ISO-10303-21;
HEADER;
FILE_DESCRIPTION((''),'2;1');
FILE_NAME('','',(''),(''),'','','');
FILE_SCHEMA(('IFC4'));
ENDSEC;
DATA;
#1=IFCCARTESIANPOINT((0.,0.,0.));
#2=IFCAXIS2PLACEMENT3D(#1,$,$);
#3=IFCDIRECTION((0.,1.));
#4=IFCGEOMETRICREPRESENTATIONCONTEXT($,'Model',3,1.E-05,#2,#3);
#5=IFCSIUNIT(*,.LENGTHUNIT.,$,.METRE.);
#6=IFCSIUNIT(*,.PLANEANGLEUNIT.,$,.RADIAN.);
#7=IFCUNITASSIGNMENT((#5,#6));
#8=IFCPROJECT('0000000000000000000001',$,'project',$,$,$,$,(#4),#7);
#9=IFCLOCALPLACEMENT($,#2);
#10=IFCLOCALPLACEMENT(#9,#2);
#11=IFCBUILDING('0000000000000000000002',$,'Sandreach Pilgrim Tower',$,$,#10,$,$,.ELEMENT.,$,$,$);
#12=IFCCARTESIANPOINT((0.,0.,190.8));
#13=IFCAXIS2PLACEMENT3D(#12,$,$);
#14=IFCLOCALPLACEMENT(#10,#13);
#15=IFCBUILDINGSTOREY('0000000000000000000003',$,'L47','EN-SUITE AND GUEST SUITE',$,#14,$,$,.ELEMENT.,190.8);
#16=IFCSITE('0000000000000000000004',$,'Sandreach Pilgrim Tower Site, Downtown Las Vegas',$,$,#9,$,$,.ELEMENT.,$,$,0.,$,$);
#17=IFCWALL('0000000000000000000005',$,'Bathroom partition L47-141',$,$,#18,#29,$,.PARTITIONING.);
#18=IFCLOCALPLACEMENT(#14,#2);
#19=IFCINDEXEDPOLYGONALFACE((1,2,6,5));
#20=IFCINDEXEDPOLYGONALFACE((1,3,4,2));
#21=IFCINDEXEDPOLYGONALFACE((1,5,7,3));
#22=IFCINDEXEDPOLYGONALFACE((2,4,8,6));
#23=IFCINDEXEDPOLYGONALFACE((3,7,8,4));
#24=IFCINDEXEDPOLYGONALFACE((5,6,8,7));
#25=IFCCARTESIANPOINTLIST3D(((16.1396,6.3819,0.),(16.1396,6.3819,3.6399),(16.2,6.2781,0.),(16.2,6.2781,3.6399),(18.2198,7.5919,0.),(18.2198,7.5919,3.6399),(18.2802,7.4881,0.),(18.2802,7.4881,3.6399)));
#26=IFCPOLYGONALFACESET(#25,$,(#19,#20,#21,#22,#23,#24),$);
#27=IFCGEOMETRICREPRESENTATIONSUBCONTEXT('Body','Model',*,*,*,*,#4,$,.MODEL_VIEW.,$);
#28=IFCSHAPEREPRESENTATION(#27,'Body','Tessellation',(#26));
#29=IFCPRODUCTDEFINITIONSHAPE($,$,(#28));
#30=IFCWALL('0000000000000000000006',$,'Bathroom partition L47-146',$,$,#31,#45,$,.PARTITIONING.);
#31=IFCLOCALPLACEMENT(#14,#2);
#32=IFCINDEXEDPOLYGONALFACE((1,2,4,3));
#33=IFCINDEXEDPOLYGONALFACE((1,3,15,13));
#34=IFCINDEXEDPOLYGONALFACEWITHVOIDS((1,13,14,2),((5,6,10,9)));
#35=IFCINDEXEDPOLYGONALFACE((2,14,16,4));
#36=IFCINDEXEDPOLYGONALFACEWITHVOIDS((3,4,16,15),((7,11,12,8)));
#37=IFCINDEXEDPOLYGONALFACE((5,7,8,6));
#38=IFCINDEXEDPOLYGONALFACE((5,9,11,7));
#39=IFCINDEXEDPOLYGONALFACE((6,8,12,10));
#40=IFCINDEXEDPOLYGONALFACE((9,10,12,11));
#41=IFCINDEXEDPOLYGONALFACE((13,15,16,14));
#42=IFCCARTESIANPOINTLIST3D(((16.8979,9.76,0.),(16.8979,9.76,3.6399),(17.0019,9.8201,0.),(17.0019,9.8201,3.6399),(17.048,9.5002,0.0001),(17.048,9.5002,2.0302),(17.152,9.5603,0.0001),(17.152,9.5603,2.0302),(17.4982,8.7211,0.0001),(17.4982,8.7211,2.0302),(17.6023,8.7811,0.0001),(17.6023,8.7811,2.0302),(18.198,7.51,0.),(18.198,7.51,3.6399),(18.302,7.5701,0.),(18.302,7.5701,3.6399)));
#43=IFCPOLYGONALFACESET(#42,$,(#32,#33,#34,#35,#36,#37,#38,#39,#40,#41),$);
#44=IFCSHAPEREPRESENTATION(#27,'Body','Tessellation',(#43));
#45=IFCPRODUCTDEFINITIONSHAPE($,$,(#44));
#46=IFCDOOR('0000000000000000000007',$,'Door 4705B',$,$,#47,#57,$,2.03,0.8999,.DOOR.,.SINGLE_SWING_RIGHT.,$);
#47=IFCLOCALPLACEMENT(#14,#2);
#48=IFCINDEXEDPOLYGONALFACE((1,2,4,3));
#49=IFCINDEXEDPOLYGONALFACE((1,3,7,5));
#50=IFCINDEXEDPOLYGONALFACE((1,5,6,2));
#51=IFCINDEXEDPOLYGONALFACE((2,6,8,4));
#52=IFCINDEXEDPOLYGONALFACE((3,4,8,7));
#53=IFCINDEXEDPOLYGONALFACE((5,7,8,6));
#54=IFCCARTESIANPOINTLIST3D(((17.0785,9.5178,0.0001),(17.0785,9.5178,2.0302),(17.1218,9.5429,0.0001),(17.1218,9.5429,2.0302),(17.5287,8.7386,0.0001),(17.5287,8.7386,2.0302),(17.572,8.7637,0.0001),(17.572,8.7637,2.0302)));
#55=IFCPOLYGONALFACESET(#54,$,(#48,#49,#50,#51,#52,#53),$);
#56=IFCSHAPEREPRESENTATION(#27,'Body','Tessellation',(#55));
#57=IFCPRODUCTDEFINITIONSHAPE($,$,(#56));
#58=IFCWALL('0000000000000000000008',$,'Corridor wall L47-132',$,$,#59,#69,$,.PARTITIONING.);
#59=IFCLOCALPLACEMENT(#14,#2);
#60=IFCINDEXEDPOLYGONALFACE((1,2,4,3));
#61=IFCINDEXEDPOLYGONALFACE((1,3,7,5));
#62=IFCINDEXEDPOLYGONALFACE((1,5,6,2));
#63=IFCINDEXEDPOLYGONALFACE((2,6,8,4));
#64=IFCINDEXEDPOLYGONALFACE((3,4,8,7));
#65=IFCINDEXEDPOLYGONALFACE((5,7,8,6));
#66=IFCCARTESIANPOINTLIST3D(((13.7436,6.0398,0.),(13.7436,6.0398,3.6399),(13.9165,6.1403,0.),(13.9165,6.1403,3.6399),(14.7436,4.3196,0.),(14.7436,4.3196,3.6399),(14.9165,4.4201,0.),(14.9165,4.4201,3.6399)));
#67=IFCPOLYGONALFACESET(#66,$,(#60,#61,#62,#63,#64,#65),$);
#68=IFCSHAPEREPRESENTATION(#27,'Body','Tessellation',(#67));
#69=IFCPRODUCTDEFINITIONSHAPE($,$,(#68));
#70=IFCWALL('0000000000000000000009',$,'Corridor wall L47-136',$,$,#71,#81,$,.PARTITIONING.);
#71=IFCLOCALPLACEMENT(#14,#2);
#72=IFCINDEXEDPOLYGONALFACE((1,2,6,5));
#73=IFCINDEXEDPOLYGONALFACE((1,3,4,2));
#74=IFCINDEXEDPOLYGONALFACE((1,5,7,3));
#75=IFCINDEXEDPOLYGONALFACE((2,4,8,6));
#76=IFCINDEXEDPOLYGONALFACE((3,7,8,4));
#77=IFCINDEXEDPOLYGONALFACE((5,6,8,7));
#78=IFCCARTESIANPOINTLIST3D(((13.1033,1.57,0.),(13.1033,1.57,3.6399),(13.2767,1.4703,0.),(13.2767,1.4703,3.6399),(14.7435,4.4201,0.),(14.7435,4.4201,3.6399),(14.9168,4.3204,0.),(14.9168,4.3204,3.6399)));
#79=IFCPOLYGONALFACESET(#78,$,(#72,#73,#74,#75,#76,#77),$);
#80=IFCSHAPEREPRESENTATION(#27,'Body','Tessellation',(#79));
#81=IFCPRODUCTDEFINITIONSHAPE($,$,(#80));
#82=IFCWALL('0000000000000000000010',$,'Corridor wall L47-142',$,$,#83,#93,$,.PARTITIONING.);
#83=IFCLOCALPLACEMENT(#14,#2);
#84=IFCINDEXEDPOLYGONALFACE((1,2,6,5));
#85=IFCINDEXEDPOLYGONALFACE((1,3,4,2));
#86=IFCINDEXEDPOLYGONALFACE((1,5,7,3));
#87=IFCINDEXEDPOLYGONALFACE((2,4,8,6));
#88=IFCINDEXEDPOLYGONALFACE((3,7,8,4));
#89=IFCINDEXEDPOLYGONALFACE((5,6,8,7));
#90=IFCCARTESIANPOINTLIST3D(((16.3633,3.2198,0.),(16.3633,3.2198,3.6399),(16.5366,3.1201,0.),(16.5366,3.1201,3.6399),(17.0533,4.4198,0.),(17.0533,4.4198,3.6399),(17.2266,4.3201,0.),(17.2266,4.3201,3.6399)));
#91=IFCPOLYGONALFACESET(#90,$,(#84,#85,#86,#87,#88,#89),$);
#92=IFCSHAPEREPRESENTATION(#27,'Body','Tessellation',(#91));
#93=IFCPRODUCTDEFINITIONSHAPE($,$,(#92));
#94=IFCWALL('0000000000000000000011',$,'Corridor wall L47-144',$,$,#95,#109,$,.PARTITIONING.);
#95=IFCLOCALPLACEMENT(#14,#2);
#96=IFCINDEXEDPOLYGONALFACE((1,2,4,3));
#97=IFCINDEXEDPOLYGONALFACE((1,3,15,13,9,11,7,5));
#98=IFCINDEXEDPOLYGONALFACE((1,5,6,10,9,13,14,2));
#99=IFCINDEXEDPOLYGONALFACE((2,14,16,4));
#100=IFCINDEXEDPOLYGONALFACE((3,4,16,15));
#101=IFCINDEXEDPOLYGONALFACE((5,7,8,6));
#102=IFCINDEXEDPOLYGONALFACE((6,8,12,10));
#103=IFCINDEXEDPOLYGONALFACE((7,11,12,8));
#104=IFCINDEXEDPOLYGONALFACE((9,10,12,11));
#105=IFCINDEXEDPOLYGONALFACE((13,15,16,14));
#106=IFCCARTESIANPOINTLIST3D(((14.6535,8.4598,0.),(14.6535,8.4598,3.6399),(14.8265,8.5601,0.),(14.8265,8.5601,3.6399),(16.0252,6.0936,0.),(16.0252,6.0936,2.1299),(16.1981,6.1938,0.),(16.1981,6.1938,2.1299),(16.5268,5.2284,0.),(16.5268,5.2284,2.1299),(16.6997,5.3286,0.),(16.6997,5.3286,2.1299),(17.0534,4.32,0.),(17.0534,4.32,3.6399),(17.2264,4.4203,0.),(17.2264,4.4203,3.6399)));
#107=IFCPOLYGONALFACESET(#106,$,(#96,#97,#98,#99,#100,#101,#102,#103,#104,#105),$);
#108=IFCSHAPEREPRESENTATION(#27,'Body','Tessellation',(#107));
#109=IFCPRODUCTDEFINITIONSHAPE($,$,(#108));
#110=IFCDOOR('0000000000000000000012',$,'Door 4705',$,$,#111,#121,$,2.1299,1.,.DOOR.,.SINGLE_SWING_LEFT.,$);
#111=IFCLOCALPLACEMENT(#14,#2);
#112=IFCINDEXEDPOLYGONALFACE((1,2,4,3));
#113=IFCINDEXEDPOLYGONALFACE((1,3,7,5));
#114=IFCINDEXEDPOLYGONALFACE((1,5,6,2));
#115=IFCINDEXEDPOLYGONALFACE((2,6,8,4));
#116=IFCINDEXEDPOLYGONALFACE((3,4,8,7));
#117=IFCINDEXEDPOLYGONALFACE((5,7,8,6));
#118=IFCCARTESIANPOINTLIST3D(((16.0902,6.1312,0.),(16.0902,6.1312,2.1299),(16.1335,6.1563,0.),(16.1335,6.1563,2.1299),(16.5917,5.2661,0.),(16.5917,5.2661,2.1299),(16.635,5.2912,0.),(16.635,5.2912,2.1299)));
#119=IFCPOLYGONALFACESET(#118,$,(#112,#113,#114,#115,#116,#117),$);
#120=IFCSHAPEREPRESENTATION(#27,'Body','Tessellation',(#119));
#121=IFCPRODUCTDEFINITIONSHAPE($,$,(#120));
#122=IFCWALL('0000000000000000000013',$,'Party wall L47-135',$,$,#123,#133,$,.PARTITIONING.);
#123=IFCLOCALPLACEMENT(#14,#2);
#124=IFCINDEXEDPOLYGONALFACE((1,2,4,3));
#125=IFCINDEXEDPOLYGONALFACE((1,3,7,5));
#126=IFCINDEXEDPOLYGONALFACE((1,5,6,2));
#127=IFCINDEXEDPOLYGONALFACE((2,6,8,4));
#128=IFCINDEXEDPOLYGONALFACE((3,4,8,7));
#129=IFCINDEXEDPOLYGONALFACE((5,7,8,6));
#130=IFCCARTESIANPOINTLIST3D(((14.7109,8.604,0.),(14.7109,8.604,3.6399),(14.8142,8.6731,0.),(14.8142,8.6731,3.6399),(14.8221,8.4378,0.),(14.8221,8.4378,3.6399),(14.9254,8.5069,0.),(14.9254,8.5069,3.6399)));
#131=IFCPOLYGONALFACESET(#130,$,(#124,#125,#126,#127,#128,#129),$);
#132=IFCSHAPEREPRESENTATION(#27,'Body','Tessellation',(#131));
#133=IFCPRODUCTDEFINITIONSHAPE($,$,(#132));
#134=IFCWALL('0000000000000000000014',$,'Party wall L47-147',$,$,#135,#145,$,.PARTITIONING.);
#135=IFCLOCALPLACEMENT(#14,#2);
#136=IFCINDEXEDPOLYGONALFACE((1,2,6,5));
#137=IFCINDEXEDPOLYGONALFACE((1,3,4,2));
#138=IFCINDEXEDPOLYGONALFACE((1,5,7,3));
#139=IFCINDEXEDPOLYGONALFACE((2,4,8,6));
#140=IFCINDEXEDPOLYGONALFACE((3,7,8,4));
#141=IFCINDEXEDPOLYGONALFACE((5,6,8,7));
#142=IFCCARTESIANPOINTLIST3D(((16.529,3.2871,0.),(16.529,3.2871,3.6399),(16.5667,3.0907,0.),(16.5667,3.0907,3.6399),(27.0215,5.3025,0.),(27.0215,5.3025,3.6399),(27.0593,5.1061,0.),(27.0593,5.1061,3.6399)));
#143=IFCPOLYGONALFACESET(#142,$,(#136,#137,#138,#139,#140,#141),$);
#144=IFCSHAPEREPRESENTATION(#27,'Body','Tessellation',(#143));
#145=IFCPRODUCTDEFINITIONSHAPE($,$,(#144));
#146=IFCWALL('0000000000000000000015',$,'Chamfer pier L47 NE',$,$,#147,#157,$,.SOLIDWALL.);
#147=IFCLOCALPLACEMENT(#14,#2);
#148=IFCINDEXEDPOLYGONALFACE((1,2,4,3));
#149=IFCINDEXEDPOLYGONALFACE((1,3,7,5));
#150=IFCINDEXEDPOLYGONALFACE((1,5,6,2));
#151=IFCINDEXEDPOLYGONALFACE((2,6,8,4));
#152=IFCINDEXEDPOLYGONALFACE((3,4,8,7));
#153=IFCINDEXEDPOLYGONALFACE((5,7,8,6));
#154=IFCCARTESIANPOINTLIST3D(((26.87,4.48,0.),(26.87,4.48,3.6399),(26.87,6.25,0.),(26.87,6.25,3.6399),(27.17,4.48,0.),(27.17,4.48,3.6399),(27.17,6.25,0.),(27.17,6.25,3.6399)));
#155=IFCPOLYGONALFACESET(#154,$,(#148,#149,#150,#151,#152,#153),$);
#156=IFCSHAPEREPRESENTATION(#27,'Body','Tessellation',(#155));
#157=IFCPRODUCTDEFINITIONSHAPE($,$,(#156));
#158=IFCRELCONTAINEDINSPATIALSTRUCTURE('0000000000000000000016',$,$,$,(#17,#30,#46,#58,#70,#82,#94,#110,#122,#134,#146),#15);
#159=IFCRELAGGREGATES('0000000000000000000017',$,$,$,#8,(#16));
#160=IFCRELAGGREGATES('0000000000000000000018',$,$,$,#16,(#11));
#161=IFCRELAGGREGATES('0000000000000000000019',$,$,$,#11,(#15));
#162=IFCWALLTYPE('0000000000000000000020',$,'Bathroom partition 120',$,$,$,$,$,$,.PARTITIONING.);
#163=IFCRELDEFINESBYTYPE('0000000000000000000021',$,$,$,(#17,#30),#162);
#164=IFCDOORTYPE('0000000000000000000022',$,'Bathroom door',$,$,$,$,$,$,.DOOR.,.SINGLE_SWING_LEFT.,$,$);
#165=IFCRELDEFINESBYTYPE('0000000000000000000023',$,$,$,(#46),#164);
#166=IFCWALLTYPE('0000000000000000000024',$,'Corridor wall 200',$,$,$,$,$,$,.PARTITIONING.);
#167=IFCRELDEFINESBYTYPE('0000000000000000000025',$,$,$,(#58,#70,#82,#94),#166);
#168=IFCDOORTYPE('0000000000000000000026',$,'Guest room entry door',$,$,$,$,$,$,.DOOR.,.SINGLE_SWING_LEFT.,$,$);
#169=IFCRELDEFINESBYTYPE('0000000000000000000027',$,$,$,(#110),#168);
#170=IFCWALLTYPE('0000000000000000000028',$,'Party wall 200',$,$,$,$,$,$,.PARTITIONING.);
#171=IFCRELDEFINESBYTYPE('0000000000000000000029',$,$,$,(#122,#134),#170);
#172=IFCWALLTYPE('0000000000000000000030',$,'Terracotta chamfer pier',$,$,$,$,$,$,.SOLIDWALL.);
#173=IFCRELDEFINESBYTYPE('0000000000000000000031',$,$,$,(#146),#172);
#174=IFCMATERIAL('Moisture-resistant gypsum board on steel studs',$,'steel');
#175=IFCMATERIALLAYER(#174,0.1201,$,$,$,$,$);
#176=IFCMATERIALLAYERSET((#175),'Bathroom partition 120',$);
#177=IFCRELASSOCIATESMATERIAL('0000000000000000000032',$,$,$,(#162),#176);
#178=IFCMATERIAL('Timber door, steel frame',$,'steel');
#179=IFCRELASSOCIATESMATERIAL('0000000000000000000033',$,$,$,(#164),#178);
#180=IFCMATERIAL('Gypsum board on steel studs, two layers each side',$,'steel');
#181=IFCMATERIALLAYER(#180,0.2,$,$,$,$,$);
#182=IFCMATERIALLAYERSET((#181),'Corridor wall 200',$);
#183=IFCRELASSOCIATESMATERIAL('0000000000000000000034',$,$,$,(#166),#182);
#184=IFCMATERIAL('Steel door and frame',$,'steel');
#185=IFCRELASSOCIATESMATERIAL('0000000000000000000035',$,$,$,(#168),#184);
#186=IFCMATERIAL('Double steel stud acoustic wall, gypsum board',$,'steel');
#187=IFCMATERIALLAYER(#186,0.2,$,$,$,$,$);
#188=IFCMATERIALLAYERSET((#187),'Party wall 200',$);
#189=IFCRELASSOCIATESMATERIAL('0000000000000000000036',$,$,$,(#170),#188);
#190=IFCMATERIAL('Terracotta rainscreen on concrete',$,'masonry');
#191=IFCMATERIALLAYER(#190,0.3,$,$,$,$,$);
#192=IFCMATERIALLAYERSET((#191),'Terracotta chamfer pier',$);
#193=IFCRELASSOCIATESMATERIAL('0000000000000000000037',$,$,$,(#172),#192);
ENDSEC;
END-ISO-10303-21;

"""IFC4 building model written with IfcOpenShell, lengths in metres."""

from ifc_helpers import new_model, si_unit, direction, frame, frame_2d, origin, place, context, subcontext, project, spatial, rectangle, extrude, material, layer, layer_set, type_object, element, fill, save


model = new_model("IFC4")

# Units and contexts
model_context = context("Model", 3, precision=1e-05, world=origin(), true_north=direction((0.0, 1.0)))
body_context = subcontext(model_context, "Body", "Model", "MODEL_VIEW")
ifc_project = project(units=[si_unit("LENGTHUNIT", "METRE"), si_unit("PLANEANGLEUNIT", "RADIAN")], contexts=[model_context])

# Site, building, storey
site_placement = place(None, origin())
site = spatial("IfcSite", under=ifc_project, at=site_placement, Name="Sandreach Pilgrim Tower Site, Downtown Las Vegas", CompositionType="ELEMENT", RefElevation=0.0)
building_placement = place(site_placement, origin())
building = spatial("IfcBuilding", under=site, at=building_placement, Name="Sandreach Pilgrim Tower", CompositionType="ELEMENT")
storey_placement = place(building_placement, frame((0.0, 0.0, 190.8)))
storey = spatial("IfcBuildingStorey", under=building, at=storey_placement, Name="L47", Description="EN-SUITE AND GUEST SUITE", CompositionType="ELEMENT", Elevation=190.8)

# Wall
ifc_material_1 = material(Name="Moisture-resistant gypsum board on steel studs", Category="steel")
ifc_layer_1 = layer(ifc_material_1, 0.1201)
ifc_layer_set_1 = layer_set([ifc_layer_1], Name="Bathroom partition 120")
wall_type_1 = type_object("IfcWallType", Name="Bathroom partition 120", PredefinedType="PARTITIONING", material=ifc_layer_set_1)
wall_1_placement = place(storey_placement, frame((16.1699, 6.3301, 0.0), z_axis=(0.0, 0.0, 1.0), x_axis=(0.864396, 0.502811, 0.0)))
element("IfcWall", 1, at=wall_1_placement, inside=storey, type_object=wall_type_1, Name="Bathroom partition L47-141", PredefinedType="PARTITIONING", context=body_context, shape_type="SweptSolid", body=[
    extrude(rectangle(XDim=2.4065, YDim=0.1201, at=frame_2d((1.2031, 0.0))), origin(), (0.0, 0.0, 1.0), 3.6399),
])

# Wall, opening, door
wall_2_placement = place(storey_placement, frame((18.25, 7.54, 0.0), z_axis=(0.0, 0.0, 1.0), x_axis=(-0.500292, 0.865857, 0.0)))
wall_2 = element("IfcWall", 2, at=wall_2_placement, inside=storey, type_object=wall_type_1, Name="Bathroom partition L47-146", PredefinedType="PARTITIONING", context=body_context, shape_type="SweptSolid", body=[
    extrude(rectangle(XDim=2.5986, YDim=0.1201, at=frame_2d((1.2993, 0.0))), origin(), (0.0, 0.0, 1.0), 3.6399),
])
opening_1_placement = place(wall_2_placement, frame((1.3987, 0.0, 0.0)))
opening_1 = element("IfcOpeningElement", 3, at=opening_1_placement, cuts=wall_2, PredefinedType="OPENING", context=body_context, shape_type="SweptSolid", body=[
    extrude(rectangle(XDim=0.8999, YDim=2.03, at=frame_2d((0.45, 1.0151))), frame((0.0, 0.0601, 0.0), z_axis=(0.0, -1.0, 0.0), x_axis=(1.0, 0.0, 0.0)), (0.0, 0.0, 1.0), 0.1201),
])
ifc_material_2 = material(Name="Timber door, steel frame", Category="steel")
door_type_1 = type_object("IfcDoorType", Name="Bathroom door", OperationType="SINGLE_SWING_LEFT", PredefinedType="DOOR", material=ifc_material_2)
door_1_placement = place(opening_1_placement, origin())
door_1 = element("IfcDoor", 4, at=door_1_placement, inside=storey, type_object=door_type_1, Name="Door 4705B", OperationType="SINGLE_SWING_RIGHT", OverallHeight=2.03, OverallWidth=0.8999, PredefinedType="DOOR", context=body_context, shape_type="SweptSolid", body=[
    extrude(rectangle(XDim=0.8999, YDim=2.03, at=frame_2d((0.45, 1.0151))), frame((0.0, 0.0249, 0.0), z_axis=(0.0, -1.0, 0.0), x_axis=(1.0, 0.0, 0.0)), (0.0, 0.0, 1.0), 0.05),
])
fill(opening_1, door_1)

# Walls
ifc_material_3 = material(Name="Gypsum board on steel studs, two layers each side", Category="steel")
ifc_layer_2 = layer(ifc_material_3, 0.2)
ifc_layer_set_2 = layer_set([ifc_layer_2], Name="Corridor wall 200")
wall_type_2 = type_object("IfcWallType", Name="Corridor wall 200", PredefinedType="PARTITIONING", material=ifc_layer_set_2)
wall_3_placement = place(storey_placement, frame((13.8301, 6.0901, 0.0), z_axis=(0.0, 0.0, 1.0), x_axis=(0.502574, -0.864534, 0.0)))
element("IfcWall", 5, at=wall_3_placement, inside=storey, type_object=wall_type_2, Name="Corridor wall L47-132", PredefinedType="PARTITIONING", context=body_context, shape_type="SweptSolid", body=[
    extrude(rectangle(XDim=1.9897, YDim=0.2, at=frame_2d((0.9949, 0.0))), origin(), (0.0, 0.0, 1.0), 3.6399),
])
wall_4_placement = place(storey_placement, frame((14.8301, 4.3701, 0.0), z_axis=(0.0, 0.0, 1.0), x_axis=(-0.498775, -0.866731, 0.0)))
element("IfcWall", 6, at=wall_4_placement, inside=storey, type_object=wall_type_2, Name="Corridor wall L47-136", PredefinedType="PARTITIONING", context=body_context, shape_type="SweptSolid", body=[
    extrude(rectangle(XDim=3.2883, YDim=0.2, at=frame_2d((1.644, 0.0))), origin(), (0.0, 0.0, 1.0), 3.6399),
])
wall_5_placement = place(storey_placement, frame((16.45, 3.1699, 0.0), z_axis=(0.0, 0.0, 1.0), x_axis=(0.498455, 0.866916, 0.0)))
element("IfcWall", 7, at=wall_5_placement, inside=storey, type_object=wall_type_2, Name="Corridor wall L47-142", PredefinedType="PARTITIONING", context=body_context, shape_type="SweptSolid", body=[
    extrude(rectangle(XDim=1.3843, YDim=0.2, at=frame_2d((0.6921, 0.0))), origin(), (0.0, 0.0, 1.0), 3.6399),
])

# Wall, opening, door
wall_6_placement = place(storey_placement, frame((17.1399, 4.3701, 0.0), z_axis=(0.0, 0.0, 1.0), x_axis=(-0.501525, 0.865143, 0.0)))
wall_6 = element("IfcWall", 8, at=wall_6_placement, inside=storey, type_object=wall_type_2, Name="Corridor wall L47-144", PredefinedType="PARTITIONING", context=body_context, shape_type="SweptSolid", body=[
    extrude(rectangle(XDim=4.7852, YDim=0.2, at=frame_2d((2.3926, 0.0))), origin(), (0.0, 0.0, 1.0), 3.6399),
])
opening_2_placement = place(wall_6_placement, frame((1.05, 0.0, 0.0)))
opening_2 = element("IfcOpeningElement", 9, at=opening_2_placement, cuts=wall_6, PredefinedType="OPENING", context=body_context, shape_type="SweptSolid", body=[
    extrude(rectangle(XDim=1.0, YDim=2.1299, at=frame_2d((0.5, 1.0649))), frame((0.0, 0.1001, 0.0), z_axis=(0.0, -1.0, 0.0), x_axis=(1.0, 0.0, 0.0)), (0.0, 0.0, 1.0), 0.2),
])
ifc_material_4 = material(Name="Steel door and frame", Category="steel")
door_type_2 = type_object("IfcDoorType", Name="Guest room entry door", OperationType="SINGLE_SWING_LEFT", PredefinedType="DOOR", material=ifc_material_4)
door_2_placement = place(opening_2_placement, origin())
door_2 = element("IfcDoor", 10, at=door_2_placement, inside=storey, type_object=door_type_2, Name="Door 4705", OperationType="SINGLE_SWING_LEFT", OverallHeight=2.1299, OverallWidth=1.0, PredefinedType="DOOR", context=body_context, shape_type="SweptSolid", body=[
    extrude(rectangle(XDim=1.0, YDim=2.1299, at=frame_2d((0.5, 1.0649))), frame((0.0, 0.0249, 0.0), z_axis=(0.0, -1.0, 0.0), x_axis=(1.0, 0.0, 0.0)), (0.0, 0.0, 1.0), 0.05),
])
fill(opening_2, door_2)

# Walls
ifc_material_5 = material(Name="Double steel stud acoustic wall, gypsum board", Category="steel")
ifc_layer_3 = layer(ifc_material_5, 0.2)
ifc_layer_set_3 = layer_set([ifc_layer_3], Name="Party wall 200")
wall_type_3 = type_object("IfcWallType", Name="Party wall 200", PredefinedType="PARTITIONING", material=ifc_layer_set_3)
wall_7_placement = place(storey_placement, frame((14.7666, 8.521, 0.0), z_axis=(0.0, 0.0, 1.0), x_axis=(0.831142, 0.55606, 0.0)))
element("IfcWall", 11, at=wall_7_placement, inside=storey, type_object=wall_type_3, Name="Party wall L47-135", PredefinedType="PARTITIONING", context=body_context, shape_type="SweptSolid", body=[
    extrude(rectangle(XDim=0.1243, YDim=0.2, at=frame_2d((0.062, 0.0))), origin(), (0.0, 0.0, 1.0), 3.6399),
])
wall_8_placement = place(storey_placement, frame((27.0405, 5.2043, 0.0), z_axis=(0.0, 0.0, 1.0), x_axis=(-0.982048, -0.188631, 0.0)))
element("IfcWall", 12, at=wall_8_placement, inside=storey, type_object=wall_type_3, Name="Party wall L47-147", PredefinedType="PARTITIONING", context=body_context, shape_type="SweptSolid", body=[
    extrude(rectangle(XDim=10.6843, YDim=0.2, at=frame_2d((5.3423, 0.0))), origin(), (0.0, 0.0, 1.0), 3.6399),
])
ifc_material_6 = material(Name="Terracotta rainscreen on concrete", Category="masonry")
ifc_layer_4 = layer(ifc_material_6, 0.3)
ifc_layer_set_4 = layer_set([ifc_layer_4], Name="Terracotta chamfer pier")
wall_type_4 = type_object("IfcWallType", Name="Terracotta chamfer pier", PredefinedType="SOLIDWALL", material=ifc_layer_set_4)
wall_9_placement = place(storey_placement, frame((27.02, 6.25, 0.0), z_axis=(0.0, 0.0, 1.0), x_axis=(0.0, -1.0, 0.0)))
element("IfcWall", 13, at=wall_9_placement, inside=storey, type_object=wall_type_4, Name="Chamfer pier L47 NE", PredefinedType="SOLIDWALL", context=body_context, shape_type="SweptSolid", body=[
    extrude(rectangle(XDim=1.77, YDim=0.3, at=frame_2d((0.885, 0.0))), origin(), (0.0, 0.0, 1.0), 3.6399),
])

save(model, "model.ifc")
